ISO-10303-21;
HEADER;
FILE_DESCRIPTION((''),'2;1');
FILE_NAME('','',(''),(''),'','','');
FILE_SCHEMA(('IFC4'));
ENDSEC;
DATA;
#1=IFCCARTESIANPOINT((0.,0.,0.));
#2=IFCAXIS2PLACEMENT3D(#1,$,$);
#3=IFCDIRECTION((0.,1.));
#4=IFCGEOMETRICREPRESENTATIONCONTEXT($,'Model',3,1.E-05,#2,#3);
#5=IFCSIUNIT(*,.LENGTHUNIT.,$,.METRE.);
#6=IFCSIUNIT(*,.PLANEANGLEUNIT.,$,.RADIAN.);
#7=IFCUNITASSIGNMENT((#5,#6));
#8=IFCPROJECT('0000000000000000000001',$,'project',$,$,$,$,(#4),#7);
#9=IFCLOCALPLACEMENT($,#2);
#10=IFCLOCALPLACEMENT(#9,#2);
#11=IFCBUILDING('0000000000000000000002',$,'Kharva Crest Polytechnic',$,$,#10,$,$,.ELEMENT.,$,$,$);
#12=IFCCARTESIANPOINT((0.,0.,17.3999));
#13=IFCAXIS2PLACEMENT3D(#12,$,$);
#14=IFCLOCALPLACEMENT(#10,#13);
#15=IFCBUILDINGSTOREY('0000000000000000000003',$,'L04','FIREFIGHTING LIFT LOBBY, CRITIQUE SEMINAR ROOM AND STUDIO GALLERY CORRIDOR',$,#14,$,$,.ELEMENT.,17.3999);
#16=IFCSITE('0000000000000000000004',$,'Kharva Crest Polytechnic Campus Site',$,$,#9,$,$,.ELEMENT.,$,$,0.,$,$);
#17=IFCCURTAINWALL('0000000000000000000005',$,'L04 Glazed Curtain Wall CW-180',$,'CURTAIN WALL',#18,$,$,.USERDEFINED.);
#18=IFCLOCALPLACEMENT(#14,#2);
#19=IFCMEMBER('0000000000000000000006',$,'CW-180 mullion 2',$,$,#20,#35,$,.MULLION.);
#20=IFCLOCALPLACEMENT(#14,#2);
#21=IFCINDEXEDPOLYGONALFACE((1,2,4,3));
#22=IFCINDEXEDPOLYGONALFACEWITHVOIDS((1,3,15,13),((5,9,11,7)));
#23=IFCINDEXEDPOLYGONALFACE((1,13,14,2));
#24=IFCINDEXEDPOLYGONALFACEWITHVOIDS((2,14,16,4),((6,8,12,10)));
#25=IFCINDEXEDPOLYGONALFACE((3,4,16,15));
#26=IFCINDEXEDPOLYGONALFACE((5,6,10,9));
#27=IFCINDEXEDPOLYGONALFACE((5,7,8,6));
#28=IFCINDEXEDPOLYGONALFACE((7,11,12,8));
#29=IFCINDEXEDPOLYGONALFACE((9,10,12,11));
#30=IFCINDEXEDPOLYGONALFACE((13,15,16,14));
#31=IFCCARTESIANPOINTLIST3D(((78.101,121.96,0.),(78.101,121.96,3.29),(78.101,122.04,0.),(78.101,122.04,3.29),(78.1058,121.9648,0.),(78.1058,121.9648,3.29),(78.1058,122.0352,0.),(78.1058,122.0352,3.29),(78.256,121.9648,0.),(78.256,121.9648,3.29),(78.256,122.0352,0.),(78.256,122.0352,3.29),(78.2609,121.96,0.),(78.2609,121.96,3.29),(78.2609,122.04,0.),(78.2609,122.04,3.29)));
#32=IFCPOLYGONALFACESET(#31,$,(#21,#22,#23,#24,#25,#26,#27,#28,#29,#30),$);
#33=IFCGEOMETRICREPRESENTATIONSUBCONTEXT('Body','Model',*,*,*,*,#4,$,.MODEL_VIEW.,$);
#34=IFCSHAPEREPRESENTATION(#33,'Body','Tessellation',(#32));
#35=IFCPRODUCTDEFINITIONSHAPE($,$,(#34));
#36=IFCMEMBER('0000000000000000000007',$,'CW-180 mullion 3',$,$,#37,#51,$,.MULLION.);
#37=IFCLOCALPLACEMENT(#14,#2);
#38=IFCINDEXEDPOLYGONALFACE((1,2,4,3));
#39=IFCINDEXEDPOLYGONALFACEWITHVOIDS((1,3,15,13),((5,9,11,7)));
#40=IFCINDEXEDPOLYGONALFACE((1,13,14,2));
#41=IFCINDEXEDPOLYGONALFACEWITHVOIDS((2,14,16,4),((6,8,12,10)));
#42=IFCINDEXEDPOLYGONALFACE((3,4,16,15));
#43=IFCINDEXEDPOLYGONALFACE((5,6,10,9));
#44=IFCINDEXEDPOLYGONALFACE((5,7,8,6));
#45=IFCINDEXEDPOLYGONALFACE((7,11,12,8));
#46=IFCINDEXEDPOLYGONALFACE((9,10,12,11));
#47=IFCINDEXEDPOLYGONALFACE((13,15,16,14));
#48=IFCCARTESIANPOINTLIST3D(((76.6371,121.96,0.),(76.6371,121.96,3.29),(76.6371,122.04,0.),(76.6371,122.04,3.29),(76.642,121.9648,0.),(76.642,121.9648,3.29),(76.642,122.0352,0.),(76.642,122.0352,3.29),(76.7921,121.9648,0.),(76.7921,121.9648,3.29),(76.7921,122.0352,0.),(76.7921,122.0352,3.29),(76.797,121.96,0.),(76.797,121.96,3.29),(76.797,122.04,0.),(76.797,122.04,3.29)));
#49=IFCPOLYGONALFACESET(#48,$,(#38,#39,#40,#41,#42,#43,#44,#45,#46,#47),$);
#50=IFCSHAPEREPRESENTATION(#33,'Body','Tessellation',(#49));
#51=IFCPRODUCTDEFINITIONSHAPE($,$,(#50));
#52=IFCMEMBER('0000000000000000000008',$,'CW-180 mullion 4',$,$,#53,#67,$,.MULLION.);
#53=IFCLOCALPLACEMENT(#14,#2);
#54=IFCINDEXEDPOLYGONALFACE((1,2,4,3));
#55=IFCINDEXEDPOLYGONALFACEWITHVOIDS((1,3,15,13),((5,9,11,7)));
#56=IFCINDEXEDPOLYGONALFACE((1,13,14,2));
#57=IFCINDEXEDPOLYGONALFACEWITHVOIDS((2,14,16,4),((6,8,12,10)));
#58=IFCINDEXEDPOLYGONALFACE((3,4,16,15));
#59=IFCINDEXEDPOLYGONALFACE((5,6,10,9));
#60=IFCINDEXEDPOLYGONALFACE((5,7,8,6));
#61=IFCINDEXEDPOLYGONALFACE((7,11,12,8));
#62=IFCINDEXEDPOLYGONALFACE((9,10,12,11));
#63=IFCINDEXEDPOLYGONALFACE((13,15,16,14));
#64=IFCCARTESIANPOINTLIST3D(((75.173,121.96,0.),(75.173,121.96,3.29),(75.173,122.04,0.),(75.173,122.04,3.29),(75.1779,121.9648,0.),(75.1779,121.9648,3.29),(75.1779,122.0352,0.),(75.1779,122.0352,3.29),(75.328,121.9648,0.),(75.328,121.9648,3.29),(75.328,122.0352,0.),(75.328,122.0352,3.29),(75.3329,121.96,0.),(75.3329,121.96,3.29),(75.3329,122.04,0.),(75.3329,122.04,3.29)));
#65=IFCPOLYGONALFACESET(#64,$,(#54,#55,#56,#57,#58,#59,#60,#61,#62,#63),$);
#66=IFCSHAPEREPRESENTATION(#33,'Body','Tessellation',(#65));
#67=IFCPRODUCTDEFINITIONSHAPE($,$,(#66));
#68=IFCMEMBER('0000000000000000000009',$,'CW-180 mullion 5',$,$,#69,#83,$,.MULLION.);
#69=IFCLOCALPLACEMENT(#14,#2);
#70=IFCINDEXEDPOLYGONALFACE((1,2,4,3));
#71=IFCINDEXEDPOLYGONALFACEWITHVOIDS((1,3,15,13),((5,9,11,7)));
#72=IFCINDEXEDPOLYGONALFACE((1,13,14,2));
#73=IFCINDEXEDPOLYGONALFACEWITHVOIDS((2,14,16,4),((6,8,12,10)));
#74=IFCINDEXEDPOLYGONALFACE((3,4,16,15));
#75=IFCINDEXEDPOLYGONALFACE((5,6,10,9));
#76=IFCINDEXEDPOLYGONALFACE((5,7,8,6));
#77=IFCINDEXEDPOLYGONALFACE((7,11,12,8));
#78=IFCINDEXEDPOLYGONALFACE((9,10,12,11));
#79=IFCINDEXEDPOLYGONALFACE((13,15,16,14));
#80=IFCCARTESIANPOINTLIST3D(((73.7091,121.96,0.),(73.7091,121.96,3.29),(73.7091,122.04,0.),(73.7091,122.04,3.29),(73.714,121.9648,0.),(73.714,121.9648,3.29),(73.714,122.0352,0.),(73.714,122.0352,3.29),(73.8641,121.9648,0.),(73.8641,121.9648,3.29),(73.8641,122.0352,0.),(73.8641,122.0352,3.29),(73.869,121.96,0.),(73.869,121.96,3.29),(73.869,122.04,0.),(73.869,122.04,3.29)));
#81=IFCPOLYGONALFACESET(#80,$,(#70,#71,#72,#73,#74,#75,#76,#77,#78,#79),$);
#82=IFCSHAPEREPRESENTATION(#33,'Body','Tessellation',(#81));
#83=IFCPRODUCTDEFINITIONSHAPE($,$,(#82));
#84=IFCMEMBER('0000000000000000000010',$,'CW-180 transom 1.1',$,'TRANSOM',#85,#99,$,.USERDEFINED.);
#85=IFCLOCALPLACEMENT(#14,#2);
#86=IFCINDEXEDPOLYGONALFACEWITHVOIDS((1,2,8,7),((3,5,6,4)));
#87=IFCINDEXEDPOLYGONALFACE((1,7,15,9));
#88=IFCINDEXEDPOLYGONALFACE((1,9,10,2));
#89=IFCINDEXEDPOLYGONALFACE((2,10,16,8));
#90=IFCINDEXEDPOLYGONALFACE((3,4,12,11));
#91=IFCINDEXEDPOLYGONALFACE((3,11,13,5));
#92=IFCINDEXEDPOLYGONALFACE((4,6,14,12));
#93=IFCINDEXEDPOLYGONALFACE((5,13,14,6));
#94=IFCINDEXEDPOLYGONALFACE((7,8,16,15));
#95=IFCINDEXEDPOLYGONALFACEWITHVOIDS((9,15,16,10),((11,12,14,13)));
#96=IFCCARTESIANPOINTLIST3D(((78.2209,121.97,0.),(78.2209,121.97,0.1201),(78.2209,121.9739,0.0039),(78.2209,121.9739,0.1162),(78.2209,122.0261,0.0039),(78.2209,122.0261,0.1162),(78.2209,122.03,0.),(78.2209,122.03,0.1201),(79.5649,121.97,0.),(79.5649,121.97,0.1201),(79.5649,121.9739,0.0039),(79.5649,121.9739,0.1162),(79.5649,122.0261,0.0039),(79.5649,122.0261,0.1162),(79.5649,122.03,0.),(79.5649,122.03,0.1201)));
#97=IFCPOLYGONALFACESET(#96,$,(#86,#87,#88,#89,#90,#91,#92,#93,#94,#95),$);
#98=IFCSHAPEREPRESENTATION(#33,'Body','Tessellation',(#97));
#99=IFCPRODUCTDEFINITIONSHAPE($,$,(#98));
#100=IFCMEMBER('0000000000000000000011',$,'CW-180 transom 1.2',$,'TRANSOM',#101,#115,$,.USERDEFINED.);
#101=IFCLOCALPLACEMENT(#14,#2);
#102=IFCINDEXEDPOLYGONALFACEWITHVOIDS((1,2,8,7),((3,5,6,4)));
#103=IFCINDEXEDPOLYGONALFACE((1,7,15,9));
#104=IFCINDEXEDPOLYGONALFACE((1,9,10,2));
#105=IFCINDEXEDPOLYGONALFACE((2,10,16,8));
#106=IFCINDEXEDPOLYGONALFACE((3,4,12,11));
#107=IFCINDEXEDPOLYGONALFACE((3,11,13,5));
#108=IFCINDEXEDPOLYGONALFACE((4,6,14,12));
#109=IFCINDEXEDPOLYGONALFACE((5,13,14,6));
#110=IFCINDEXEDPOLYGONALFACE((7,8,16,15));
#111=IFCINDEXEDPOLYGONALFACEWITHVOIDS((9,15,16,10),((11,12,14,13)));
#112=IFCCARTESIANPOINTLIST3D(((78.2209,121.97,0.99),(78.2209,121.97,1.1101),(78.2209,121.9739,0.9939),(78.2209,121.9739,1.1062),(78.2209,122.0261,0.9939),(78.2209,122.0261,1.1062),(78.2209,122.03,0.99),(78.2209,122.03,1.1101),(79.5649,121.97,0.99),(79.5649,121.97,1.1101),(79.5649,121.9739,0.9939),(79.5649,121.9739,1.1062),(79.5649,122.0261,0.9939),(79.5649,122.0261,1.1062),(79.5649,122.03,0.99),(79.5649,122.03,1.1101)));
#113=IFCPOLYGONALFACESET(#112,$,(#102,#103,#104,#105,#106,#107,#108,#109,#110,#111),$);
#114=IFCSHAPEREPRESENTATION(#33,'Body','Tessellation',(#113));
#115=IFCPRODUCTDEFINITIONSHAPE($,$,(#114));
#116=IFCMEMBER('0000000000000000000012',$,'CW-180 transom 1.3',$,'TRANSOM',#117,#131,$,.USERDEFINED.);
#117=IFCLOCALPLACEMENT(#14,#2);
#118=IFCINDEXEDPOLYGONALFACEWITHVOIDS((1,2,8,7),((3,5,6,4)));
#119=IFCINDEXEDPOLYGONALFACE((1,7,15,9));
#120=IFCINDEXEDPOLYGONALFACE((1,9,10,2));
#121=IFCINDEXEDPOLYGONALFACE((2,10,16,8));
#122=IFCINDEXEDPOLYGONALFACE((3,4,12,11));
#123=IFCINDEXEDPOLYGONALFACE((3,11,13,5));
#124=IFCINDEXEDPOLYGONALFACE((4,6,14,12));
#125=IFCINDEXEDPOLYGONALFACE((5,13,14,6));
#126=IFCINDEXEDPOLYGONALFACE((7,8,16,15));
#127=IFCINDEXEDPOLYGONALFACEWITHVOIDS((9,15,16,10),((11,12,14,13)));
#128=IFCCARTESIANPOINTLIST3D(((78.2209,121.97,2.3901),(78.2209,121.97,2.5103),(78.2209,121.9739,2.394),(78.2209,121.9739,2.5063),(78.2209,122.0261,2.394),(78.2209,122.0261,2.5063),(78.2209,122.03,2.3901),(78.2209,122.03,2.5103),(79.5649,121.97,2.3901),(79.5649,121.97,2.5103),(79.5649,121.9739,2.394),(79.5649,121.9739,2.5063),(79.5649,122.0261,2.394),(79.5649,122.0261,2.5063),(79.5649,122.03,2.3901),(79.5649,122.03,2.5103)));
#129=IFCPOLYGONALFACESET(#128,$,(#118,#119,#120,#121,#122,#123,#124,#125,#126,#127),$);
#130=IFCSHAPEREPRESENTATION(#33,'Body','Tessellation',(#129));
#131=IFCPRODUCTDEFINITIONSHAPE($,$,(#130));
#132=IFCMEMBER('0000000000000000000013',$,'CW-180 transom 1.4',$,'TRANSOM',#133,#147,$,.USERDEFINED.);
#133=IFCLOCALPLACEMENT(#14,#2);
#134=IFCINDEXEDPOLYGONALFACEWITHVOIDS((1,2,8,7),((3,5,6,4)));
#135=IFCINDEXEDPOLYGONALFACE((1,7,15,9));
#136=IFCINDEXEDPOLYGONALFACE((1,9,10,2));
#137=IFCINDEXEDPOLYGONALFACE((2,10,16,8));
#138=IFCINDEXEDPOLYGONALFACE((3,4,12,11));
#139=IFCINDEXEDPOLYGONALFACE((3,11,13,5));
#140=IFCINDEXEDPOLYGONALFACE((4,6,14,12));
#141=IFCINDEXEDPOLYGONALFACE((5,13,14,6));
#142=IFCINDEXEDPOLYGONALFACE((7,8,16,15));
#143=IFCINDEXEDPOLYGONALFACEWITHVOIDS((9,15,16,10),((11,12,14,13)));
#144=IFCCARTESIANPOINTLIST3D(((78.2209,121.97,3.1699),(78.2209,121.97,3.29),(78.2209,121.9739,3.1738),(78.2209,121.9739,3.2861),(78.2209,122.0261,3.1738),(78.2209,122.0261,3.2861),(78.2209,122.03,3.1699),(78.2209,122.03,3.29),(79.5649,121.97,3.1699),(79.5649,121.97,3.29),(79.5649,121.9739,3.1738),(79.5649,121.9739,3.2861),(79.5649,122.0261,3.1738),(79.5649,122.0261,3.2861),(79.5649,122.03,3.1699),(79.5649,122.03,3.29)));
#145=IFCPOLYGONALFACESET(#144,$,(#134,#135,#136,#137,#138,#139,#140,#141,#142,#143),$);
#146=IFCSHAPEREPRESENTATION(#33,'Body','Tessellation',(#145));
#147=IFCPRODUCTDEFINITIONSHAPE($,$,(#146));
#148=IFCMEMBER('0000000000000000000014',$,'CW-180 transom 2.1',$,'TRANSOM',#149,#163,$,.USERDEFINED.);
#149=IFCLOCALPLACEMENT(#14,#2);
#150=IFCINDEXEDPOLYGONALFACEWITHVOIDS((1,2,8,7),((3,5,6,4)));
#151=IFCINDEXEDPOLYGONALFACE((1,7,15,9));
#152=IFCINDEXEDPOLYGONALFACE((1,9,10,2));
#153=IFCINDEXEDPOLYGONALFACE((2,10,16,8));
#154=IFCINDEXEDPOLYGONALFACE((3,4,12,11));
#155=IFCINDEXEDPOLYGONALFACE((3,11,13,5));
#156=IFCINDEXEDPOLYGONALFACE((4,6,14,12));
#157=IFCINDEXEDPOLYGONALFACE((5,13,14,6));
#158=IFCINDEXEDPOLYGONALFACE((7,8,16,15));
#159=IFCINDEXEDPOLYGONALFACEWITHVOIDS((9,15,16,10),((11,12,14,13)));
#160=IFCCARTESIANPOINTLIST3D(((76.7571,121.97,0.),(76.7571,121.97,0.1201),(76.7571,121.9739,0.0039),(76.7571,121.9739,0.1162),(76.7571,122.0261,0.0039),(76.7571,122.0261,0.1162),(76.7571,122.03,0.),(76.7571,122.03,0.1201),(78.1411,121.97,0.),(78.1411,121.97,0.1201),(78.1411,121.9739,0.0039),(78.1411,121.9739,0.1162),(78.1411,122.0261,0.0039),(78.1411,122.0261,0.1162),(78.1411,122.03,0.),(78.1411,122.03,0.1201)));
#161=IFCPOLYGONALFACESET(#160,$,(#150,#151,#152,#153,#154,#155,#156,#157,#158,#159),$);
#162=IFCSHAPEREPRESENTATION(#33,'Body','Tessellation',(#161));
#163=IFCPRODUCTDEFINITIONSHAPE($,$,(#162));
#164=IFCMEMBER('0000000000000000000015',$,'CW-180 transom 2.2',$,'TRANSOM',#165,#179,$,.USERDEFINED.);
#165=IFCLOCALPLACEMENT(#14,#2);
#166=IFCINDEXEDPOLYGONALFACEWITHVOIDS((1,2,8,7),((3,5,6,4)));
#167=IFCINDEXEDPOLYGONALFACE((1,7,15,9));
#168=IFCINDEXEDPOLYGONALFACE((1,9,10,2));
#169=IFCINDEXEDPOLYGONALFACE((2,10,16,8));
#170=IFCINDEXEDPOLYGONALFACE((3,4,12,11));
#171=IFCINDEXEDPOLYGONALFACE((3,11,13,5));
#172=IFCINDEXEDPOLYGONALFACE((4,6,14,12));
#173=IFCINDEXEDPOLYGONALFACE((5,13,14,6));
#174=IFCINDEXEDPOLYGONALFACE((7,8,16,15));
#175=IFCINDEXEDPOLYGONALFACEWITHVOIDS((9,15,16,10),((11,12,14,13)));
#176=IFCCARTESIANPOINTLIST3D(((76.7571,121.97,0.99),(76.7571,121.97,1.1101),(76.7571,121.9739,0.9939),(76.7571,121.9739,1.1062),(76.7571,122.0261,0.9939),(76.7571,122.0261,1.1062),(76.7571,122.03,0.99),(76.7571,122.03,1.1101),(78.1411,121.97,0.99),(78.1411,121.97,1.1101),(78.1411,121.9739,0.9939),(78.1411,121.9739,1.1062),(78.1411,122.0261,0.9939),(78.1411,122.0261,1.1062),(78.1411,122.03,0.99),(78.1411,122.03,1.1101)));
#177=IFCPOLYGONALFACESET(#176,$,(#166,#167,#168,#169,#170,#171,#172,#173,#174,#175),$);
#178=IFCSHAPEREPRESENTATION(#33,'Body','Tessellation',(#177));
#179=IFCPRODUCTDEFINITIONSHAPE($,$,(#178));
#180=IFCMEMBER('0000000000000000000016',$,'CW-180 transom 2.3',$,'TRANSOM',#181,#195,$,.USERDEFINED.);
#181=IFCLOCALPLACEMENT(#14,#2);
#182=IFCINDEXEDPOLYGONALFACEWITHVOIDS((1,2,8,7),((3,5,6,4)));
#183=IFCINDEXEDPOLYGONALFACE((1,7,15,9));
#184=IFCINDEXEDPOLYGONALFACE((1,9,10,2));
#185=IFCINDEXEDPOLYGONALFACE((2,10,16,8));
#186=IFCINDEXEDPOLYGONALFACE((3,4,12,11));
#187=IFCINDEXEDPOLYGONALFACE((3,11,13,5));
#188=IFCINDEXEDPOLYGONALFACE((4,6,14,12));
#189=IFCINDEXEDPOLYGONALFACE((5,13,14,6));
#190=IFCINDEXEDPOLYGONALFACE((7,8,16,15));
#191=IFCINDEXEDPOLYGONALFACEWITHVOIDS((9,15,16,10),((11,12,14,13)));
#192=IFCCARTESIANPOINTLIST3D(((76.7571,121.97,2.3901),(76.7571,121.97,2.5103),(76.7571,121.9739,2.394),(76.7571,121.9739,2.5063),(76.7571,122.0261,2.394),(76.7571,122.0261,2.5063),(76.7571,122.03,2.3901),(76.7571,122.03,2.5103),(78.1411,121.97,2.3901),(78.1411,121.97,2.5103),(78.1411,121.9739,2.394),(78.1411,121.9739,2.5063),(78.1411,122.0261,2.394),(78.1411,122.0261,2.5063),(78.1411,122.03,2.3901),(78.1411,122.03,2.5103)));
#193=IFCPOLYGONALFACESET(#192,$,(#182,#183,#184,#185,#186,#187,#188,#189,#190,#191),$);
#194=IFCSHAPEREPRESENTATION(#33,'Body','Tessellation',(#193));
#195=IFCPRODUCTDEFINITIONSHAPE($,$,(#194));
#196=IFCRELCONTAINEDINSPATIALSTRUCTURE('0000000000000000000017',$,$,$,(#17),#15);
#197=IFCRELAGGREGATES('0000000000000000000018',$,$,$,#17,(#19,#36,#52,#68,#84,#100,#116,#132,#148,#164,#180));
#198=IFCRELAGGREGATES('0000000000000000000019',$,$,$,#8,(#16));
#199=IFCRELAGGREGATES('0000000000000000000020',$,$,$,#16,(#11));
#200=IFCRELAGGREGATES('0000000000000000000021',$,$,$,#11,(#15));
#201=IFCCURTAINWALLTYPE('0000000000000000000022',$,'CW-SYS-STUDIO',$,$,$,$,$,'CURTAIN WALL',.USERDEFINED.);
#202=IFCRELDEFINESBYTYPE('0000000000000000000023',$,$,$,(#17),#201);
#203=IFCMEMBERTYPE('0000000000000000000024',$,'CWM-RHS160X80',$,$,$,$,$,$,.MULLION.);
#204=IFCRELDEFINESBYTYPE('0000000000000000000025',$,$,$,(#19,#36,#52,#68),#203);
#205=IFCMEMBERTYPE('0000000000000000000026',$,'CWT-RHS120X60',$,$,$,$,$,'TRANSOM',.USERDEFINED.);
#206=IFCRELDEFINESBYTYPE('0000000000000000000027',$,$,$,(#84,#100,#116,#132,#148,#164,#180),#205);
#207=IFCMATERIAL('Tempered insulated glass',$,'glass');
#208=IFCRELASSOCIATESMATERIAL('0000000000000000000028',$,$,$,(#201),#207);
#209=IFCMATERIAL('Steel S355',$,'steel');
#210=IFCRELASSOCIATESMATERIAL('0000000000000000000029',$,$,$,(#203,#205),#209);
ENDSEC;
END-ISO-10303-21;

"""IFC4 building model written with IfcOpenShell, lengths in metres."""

from ifc_helpers import new_model, si_unit, direction, frame, origin, origin_2d, place, context, subcontext, project, spatial, hollow_rectangle, extrude, material, material_profile, profile_set, type_object, element, aggregate, save


model = new_model("IFC4")

# Units and contexts
model_context = context("Model", 3, precision=1e-05, world=origin(), true_north=direction((0.0, 1.0)))
body_context = subcontext(model_context, "Body", "Model", "MODEL_VIEW")
ifc_project = project(units=[si_unit("LENGTHUNIT", "METRE"), si_unit("PLANEANGLEUNIT", "RADIAN")], contexts=[model_context])

# Site, building, storey
site_placement = place(None, origin())
site = spatial("IfcSite", under=ifc_project, at=site_placement, Name="Kharva Crest Polytechnic Campus Site", CompositionType="ELEMENT", RefElevation=0.0)
building_placement = place(site_placement, origin())
building = spatial("IfcBuilding", under=site, at=building_placement, Name="Kharva Crest Polytechnic", CompositionType="ELEMENT")
storey_placement = place(building_placement, frame((0.0, 0.0, 17.3999)))
storey = spatial("IfcBuildingStorey", under=building, at=storey_placement, Name="L04", Description="FIREFIGHTING LIFT LOBBY, CRITIQUE SEMINAR ROOM AND STUDIO GALLERY CORRIDOR", CompositionType="ELEMENT", Elevation=17.3999)

# Curtain wall, members
ifc_material_1 = material(Name="Tempered insulated glass", Category="glass")
curtain_wall_type = type_object("IfcCurtainWallType", Name="CW-SYS-STUDIO", ElementType="CURTAIN WALL", PredefinedType="USERDEFINED", material=ifc_material_1)
curtain_wall_placement = place(storey_placement, origin())
curtain_wall = element("IfcCurtainWall", 1, at=curtain_wall_placement, inside=storey, type_object=curtain_wall_type, Name="L04 Glazed Curtain Wall CW-180", ObjectType="CURTAIN WALL", PredefinedType="USERDEFINED")
ifc_material_2 = material(Name="Steel S355", Category="steel")
ifc_material_profile_1 = material_profile(ifc_material_2, hollow_rectangle(XDim=0.0801, YDim=0.1599, WallThickness=0.0049, at=origin_2d()), Name="RHS 160X80X5.0")
ifc_profile_set_1 = profile_set([ifc_material_profile_1], Name="Steel S355")
member_type_1 = type_object("IfcMemberType", Name="CWM-RHS160X80", PredefinedType="MULLION", material=ifc_profile_set_1)
member_1_placement = place(storey_placement, frame((78.1809, 122.0, 0.0), z_axis=(0.0, 0.0, 1.0), x_axis=(0.0, -1.0, 0.0)))
member_1 = element("IfcMember", 2, at=member_1_placement, type_object=member_type_1, Name="CW-180 mullion 2", PredefinedType="MULLION", context=body_context, shape_type="SweptSolid", body=[
    extrude(hollow_rectangle(XDim=0.0801, YDim=0.1599, WallThickness=0.0049, at=origin_2d()), origin(), (0.0, 0.0, 1.0), 3.29),
])
member_2_placement = place(storey_placement, frame((76.717, 122.0, 0.0), z_axis=(0.0, 0.0, 1.0), x_axis=(0.0, -1.0, 0.0)))
member_2 = element("IfcMember", 3, at=member_2_placement, type_object=member_type_1, Name="CW-180 mullion 3", PredefinedType="MULLION", context=body_context, shape_type="SweptSolid", body=[
    extrude(hollow_rectangle(XDim=0.0801, YDim=0.1599, WallThickness=0.0049, at=origin_2d()), origin(), (0.0, 0.0, 1.0), 3.29),
])
member_3_placement = place(storey_placement, frame((75.2529, 122.0, 0.0), z_axis=(0.0, 0.0, 1.0), x_axis=(0.0, -1.0, 0.0)))
member_3 = element("IfcMember", 4, at=member_3_placement, type_object=member_type_1, Name="CW-180 mullion 4", PredefinedType="MULLION", context=body_context, shape_type="SweptSolid", body=[
    extrude(hollow_rectangle(XDim=0.0801, YDim=0.1599, WallThickness=0.0049, at=origin_2d()), origin(), (0.0, 0.0, 1.0), 3.29),
])
member_4_placement = place(storey_placement, frame((73.7891, 122.0, 0.0), z_axis=(0.0, 0.0, 1.0), x_axis=(0.0, -1.0, 0.0)))
member_4 = element("IfcMember", 5, at=member_4_placement, type_object=member_type_1, Name="CW-180 mullion 5", PredefinedType="MULLION", context=body_context, shape_type="SweptSolid", body=[
    extrude(hollow_rectangle(XDim=0.0801, YDim=0.1599, WallThickness=0.0049, at=origin_2d()), origin(), (0.0, 0.0, 1.0), 3.29),
])
ifc_material_profile_2 = material_profile(ifc_material_2, hollow_rectangle(XDim=0.0601, YDim=0.1201, WallThickness=0.0039, at=origin_2d()), Name="RHS 120X60X4.0")
ifc_profile_set_2 = profile_set([ifc_material_profile_2], Name="Steel S355")
member_type_2 = type_object("IfcMemberType", Name="CWT-RHS120X60", ElementType="TRANSOM", PredefinedType="USERDEFINED", material=ifc_profile_set_2)
member_5_placement = place(storey_placement, frame((79.5649, 122.0, 0.0601), z_axis=(-1.0, 0.0, 0.0), x_axis=(0.0, -1.0, 0.0)))
member_5 = element("IfcMember", 6, at=member_5_placement, type_object=member_type_2, Name="CW-180 transom 1.1", ObjectType="TRANSOM", PredefinedType="USERDEFINED", context=body_context, shape_type="SweptSolid", body=[
    extrude(hollow_rectangle(XDim=0.0601, YDim=0.1201, WallThickness=0.0039, at=origin_2d()), origin(), (0.0, 0.0, 1.0), 1.344),
])
member_6_placement = place(storey_placement, frame((79.5649, 122.0, 1.05), z_axis=(-1.0, 0.0, 0.0), x_axis=(0.0, -1.0, 0.0)))
member_6 = element("IfcMember", 7, at=member_6_placement, type_object=member_type_2, Name="CW-180 transom 1.2", ObjectType="TRANSOM", PredefinedType="USERDEFINED", context=body_context, shape_type="SweptSolid", body=[
    extrude(hollow_rectangle(XDim=0.0601, YDim=0.1201, WallThickness=0.0039, at=origin_2d()), origin(), (0.0, 0.0, 1.0), 1.344),
])
member_7_placement = place(storey_placement, frame((79.5649, 122.0, 2.4502), z_axis=(-1.0, 0.0, 0.0), x_axis=(0.0, -1.0, 0.0)))
member_7 = element("IfcMember", 8, at=member_7_placement, type_object=member_type_2, Name="CW-180 transom 1.3", ObjectType="TRANSOM", PredefinedType="USERDEFINED", context=body_context, shape_type="SweptSolid", body=[
    extrude(hollow_rectangle(XDim=0.0601, YDim=0.1201, WallThickness=0.0039, at=origin_2d()), origin(), (0.0, 0.0, 1.0), 1.344),
])
member_8_placement = place(storey_placement, frame((79.5649, 122.0, 3.23), z_axis=(-1.0, 0.0, 0.0), x_axis=(0.0, -1.0, 0.0)))
member_8 = element("IfcMember", 9, at=member_8_placement, type_object=member_type_2, Name="CW-180 transom 1.4", ObjectType="TRANSOM", PredefinedType="USERDEFINED", context=body_context, shape_type="SweptSolid", body=[
    extrude(hollow_rectangle(XDim=0.0601, YDim=0.1201, WallThickness=0.0039, at=origin_2d()), origin(), (0.0, 0.0, 1.0), 1.344),
])
member_9_placement = place(storey_placement, frame((78.1411, 122.0, 0.0601), z_axis=(-1.0, 0.0, 0.0), x_axis=(0.0, -1.0, 0.0)))
member_9 = element("IfcMember", 10, at=member_9_placement, type_object=member_type_2, Name="CW-180 transom 2.1", ObjectType="TRANSOM", PredefinedType="USERDEFINED", context=body_context, shape_type="SweptSolid", body=[
    extrude(hollow_rectangle(XDim=0.0601, YDim=0.1201, WallThickness=0.0039, at=origin_2d()), origin(), (0.0, 0.0, 1.0), 1.384),
])
member_10_placement = place(storey_placement, frame((78.1411, 122.0, 1.05), z_axis=(-1.0, 0.0, 0.0), x_axis=(0.0, -1.0, 0.0)))
member_10 = element("IfcMember", 11, at=member_10_placement, type_object=member_type_2, Name="CW-180 transom 2.2", ObjectType="TRANSOM", PredefinedType="USERDEFINED", context=body_context, shape_type="SweptSolid", body=[
    extrude(hollow_rectangle(XDim=0.0601, YDim=0.1201, WallThickness=0.0039, at=origin_2d()), origin(), (0.0, 0.0, 1.0), 1.384),
])
member_11_placement = place(storey_placement, frame((78.1411, 122.0, 2.4502), z_axis=(-1.0, 0.0, 0.0), x_axis=(0.0, -1.0, 0.0)))
member_11 = element("IfcMember", 12, at=member_11_placement, type_object=member_type_2, Name="CW-180 transom 2.3", ObjectType="TRANSOM", PredefinedType="USERDEFINED", context=body_context, shape_type="SweptSolid", body=[
    extrude(hollow_rectangle(XDim=0.0601, YDim=0.1201, WallThickness=0.0039, at=origin_2d()), origin(), (0.0, 0.0, 1.0), 1.384),
])
aggregate(curtain_wall, [member_1, member_2, member_3, member_4, member_5, member_6, member_7, member_8, member_9, member_10, member_11])

save(model, "model.ifc")
